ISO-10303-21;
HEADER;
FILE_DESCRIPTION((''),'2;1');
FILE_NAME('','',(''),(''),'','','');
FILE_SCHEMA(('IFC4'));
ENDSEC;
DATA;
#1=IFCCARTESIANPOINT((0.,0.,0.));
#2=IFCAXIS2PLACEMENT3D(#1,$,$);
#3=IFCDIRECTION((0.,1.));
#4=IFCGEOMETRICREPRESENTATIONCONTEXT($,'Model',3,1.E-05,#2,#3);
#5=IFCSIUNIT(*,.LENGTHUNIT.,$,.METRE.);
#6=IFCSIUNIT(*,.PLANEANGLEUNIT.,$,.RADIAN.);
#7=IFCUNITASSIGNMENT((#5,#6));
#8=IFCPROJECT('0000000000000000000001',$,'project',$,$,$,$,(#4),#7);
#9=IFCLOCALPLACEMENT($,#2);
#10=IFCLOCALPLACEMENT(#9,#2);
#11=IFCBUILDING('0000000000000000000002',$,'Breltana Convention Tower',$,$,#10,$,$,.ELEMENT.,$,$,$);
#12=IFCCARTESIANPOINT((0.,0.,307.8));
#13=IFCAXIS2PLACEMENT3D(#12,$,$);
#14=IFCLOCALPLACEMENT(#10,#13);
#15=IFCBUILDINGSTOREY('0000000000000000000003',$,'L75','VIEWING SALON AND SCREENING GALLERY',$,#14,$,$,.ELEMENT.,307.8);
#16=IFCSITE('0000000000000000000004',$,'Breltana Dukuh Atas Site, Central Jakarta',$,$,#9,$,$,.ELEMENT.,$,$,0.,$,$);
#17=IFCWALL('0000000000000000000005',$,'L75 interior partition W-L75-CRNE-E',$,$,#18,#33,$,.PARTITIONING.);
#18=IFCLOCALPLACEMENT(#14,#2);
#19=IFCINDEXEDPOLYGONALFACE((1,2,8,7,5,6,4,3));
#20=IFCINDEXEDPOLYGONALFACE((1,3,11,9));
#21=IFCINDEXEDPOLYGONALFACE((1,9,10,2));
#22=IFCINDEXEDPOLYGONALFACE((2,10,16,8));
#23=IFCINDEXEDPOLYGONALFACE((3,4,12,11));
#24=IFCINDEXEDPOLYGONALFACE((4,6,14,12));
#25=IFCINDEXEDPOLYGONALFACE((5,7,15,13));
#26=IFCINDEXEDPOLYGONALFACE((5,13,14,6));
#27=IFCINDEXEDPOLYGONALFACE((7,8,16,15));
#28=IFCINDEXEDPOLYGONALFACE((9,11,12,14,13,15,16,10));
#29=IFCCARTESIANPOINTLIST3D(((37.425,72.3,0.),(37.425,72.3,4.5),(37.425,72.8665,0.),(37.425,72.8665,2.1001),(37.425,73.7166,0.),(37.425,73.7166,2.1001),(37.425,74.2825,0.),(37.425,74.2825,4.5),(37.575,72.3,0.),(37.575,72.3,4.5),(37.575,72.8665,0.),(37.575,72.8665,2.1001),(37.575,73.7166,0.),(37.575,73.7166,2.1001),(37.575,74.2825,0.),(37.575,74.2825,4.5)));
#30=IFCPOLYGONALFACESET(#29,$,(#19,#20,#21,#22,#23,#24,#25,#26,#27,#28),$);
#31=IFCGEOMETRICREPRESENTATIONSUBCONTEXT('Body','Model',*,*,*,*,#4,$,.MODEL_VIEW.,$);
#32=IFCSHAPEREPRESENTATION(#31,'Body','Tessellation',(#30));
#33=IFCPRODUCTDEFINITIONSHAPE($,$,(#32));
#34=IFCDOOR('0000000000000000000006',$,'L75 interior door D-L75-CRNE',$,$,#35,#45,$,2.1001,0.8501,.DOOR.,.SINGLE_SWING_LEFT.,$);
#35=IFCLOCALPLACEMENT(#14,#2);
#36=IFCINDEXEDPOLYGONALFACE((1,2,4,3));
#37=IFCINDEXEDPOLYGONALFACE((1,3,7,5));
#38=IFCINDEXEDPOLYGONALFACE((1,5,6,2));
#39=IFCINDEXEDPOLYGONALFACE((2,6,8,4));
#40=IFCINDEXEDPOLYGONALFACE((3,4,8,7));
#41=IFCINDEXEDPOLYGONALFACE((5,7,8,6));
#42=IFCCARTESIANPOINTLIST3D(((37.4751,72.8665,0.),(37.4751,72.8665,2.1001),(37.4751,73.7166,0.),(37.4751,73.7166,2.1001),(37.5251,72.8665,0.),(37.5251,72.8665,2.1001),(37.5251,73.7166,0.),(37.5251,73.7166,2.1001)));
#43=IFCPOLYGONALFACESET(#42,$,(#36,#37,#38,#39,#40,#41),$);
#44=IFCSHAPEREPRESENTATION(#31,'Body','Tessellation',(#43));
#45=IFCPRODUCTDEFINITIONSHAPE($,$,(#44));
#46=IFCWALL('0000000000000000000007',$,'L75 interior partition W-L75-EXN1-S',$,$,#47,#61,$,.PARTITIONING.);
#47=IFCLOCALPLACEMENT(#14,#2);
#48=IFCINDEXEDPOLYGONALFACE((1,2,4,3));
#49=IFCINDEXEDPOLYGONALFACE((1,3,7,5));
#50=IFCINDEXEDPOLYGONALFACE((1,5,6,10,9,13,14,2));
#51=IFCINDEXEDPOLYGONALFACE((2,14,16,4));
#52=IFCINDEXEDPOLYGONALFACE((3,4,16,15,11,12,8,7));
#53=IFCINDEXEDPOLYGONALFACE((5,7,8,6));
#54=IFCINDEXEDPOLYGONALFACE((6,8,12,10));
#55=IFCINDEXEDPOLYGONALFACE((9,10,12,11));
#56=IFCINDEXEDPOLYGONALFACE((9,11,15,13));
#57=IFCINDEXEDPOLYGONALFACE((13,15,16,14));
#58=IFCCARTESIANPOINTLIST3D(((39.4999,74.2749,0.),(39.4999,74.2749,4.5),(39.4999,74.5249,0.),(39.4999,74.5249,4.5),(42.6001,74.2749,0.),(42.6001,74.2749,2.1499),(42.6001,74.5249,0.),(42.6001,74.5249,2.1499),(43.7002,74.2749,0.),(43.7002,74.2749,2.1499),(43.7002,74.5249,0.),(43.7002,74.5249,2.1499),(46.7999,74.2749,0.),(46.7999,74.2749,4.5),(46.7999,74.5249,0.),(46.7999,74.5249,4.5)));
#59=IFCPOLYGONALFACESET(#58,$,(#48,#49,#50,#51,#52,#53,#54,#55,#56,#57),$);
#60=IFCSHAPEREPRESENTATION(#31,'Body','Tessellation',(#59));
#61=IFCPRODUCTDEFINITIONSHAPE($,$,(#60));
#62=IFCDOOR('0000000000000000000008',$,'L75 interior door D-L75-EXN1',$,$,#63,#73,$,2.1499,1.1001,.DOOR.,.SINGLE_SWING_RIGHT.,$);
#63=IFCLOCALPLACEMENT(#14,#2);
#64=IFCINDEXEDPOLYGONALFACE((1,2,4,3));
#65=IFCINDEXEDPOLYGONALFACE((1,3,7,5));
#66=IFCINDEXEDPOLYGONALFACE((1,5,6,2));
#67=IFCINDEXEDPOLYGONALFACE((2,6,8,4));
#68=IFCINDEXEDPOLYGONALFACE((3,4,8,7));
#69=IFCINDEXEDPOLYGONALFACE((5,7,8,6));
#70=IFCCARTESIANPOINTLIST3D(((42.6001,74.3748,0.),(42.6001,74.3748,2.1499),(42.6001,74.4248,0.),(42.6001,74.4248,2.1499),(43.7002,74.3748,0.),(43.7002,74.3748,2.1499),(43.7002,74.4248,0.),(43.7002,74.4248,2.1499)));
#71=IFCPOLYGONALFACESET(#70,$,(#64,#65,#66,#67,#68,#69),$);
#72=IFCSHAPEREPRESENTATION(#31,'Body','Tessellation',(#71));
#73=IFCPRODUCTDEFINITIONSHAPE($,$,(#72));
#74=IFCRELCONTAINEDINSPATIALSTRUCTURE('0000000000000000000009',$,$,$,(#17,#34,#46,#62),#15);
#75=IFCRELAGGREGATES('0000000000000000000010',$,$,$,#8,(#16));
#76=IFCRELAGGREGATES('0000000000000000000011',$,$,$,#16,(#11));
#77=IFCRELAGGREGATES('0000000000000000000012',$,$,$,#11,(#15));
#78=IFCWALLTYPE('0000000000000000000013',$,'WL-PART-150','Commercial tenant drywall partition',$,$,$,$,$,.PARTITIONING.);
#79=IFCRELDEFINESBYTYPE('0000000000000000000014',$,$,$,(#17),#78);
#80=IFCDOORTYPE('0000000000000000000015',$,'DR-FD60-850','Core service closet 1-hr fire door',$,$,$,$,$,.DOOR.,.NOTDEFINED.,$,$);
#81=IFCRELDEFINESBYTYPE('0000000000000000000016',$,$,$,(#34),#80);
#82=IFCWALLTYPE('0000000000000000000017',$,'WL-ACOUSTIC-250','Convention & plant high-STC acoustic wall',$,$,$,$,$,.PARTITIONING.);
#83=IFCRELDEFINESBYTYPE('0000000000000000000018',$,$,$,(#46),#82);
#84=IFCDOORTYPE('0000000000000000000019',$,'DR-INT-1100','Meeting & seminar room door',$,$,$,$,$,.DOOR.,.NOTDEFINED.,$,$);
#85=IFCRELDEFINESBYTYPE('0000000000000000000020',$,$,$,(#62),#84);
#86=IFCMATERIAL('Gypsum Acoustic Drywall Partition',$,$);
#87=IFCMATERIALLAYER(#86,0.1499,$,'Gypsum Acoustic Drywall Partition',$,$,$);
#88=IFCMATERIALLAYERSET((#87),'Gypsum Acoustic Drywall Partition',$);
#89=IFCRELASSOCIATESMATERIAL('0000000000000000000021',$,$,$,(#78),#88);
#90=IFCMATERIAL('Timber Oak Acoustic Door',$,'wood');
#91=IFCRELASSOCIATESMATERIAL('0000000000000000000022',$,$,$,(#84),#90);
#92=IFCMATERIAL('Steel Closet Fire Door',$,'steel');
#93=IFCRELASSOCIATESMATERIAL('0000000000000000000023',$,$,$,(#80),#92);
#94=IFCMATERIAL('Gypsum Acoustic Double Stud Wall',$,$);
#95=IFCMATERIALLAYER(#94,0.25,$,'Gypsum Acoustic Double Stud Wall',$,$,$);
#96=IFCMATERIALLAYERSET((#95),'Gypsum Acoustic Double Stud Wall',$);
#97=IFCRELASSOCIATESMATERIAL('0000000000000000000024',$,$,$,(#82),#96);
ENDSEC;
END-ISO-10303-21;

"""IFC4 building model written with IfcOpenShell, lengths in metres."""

from ifc_helpers import new_model, si_unit, direction, frame, frame_2d, origin, place, context, subcontext, project, spatial, rectangle, extrude, source, transform, mapped, material, layer, layer_set, type_object, type_shapes, element, fill, save


model = new_model("IFC4")

# Units and contexts
model_context = context("Model", 3, precision=1e-05, world=origin(), true_north=direction((0.0, 1.0)))
body_context = subcontext(model_context, "Body", "Model", "MODEL_VIEW")
ifc_project = project(units=[si_unit("LENGTHUNIT", "METRE"), si_unit("PLANEANGLEUNIT", "RADIAN")], contexts=[model_context])

# Site, building, storey
site_placement = place(None, origin())
site = spatial("IfcSite", under=ifc_project, at=site_placement, Name="Breltana Dukuh Atas Site, Central Jakarta", CompositionType="ELEMENT", RefElevation=0.0)
building_placement = place(site_placement, origin())
building = spatial("IfcBuilding", under=site, at=building_placement, Name="Breltana Convention Tower", CompositionType="ELEMENT")
storey_placement = place(building_placement, frame((0.0, 0.0, 307.8)))
storey = spatial("IfcBuildingStorey", under=building, at=storey_placement, Name="L75", Description="VIEWING SALON AND SCREENING GALLERY", CompositionType="ELEMENT", Elevation=307.8)

# Shared definitions
ifc_material_1 = material(Name="Gypsum Acoustic Drywall Partition")
ifc_layer_1 = layer(ifc_material_1, 0.1499, Name="Gypsum Acoustic Drywall Partition")
ifc_layer_set_1 = layer_set([ifc_layer_1], Name="Gypsum Acoustic Drywall Partition")
wall_type_1 = type_object("IfcWallType", Name="WL-PART-150", Description="Commercial tenant drywall partition", PredefinedType="PARTITIONING", material=ifc_layer_set_1)

# Walls, openings, doors
ifc_material_2 = material(Name="Timber Oak Acoustic Door", Category="wood")
door_type_1 = type_object("IfcDoorType", Name="DR-INT-1100", Description="Meeting & seminar room door", OperationType="NOTDEFINED", PredefinedType="DOOR", material=ifc_material_2)
shared_shape_1 = source(origin(), body_context, "Body", "SweptSolid", [
    extrude(rectangle(XDim=1.1001, YDim=2.1499, at=frame_2d((0.55, 1.075))), frame((0.0, 0.0249, 0.0), z_axis=(0.0, -1.0, 0.0), x_axis=(1.0, 0.0, 0.0)), (0.0, 0.0, 1.0), 0.05),
])
type_shapes(door_type_1, [shared_shape_1])
shared_shape_2 = source(origin(), body_context, "Body", "SweptSolid", [
    extrude(rectangle(XDim=1.9824, YDim=0.1499, at=frame_2d((0.9912, 0.0))), origin(), (0.0, 0.0, 1.0), 4.5),
])
wall_1_placement = place(storey_placement, frame((37.5, 72.3, 0.0), z_axis=(0.0, 0.0, 1.0), x_axis=(0.0, 1.0, 0.0)))
wall_1 = element("IfcWall", 1, at=wall_1_placement, inside=storey, type_object=wall_type_1, Name="L75 interior partition W-L75-CRNE-E", PredefinedType="PARTITIONING", context=body_context, shape_type="MappedRepresentation", body=[
    mapped(shared_shape_2, transform((0.0, 0.0, 0.0), scale=1.0)),
])
opening_1_placement = place(wall_1_placement, frame((0.5664, 0.0, 0.0)))
opening_1 = element("IfcOpeningElement", 2, at=opening_1_placement, cuts=wall_1, PredefinedType="OPENING", context=body_context, shape_type="SweptSolid", body=[
    extrude(rectangle(XDim=0.8501, YDim=2.1001, at=frame_2d((0.425, 1.05))), frame((0.0, 0.085, 0.0), z_axis=(0.0, -1.0, 0.0), x_axis=(1.0, 0.0, 0.0)), (0.0, 0.0, 1.0), 0.1699),
])
ifc_material_3 = material(Name="Steel Closet Fire Door", Category="steel")
door_type_2 = type_object("IfcDoorType", Name="DR-FD60-850", Description="Core service closet 1-hr fire door", OperationType="NOTDEFINED", PredefinedType="DOOR", material=ifc_material_3)
shared_shape_3 = source(origin(), body_context, "Body", "SweptSolid", [
    extrude(rectangle(XDim=0.8501, YDim=2.1001, at=frame_2d((0.425, 1.05))), frame((0.0, 0.0249, 0.0), z_axis=(0.0, -1.0, 0.0), x_axis=(1.0, 0.0, 0.0)), (0.0, 0.0, 1.0), 0.05),
])
type_shapes(door_type_2, [shared_shape_3])
door_1_placement = place(opening_1_placement, origin())
door_1 = element("IfcDoor", 3, at=door_1_placement, inside=storey, type_object=door_type_2, Name="L75 interior door D-L75-CRNE", OperationType="SINGLE_SWING_LEFT", OverallHeight=2.1001, OverallWidth=0.8501, PredefinedType="DOOR", context=body_context, shape_type="MappedRepresentation", body=[
    mapped(shared_shape_3, transform((0.0, 0.0, 0.0), scale=1.0)),
])
fill(opening_1, door_1)
ifc_material_4 = material(Name="Gypsum Acoustic Double Stud Wall")
ifc_layer_2 = layer(ifc_material_4, 0.25, Name="Gypsum Acoustic Double Stud Wall")
ifc_layer_set_2 = layer_set([ifc_layer_2], Name="Gypsum Acoustic Double Stud Wall")
wall_type_2 = type_object("IfcWallType", Name="WL-ACOUSTIC-250", Description="Convention & plant high-STC acoustic wall", PredefinedType="PARTITIONING", material=ifc_layer_set_2)
shared_shape_4 = source(origin(), body_context, "Body", "SweptSolid", [
    extrude(rectangle(XDim=7.3, YDim=0.25, at=frame_2d((3.6499, 0.0))), origin(), (0.0, 0.0, 1.0), 4.5),
])
wall_2_placement = place(storey_placement, frame((39.5, 74.3999, 0.0), z_axis=(0.0, 0.0, 1.0), x_axis=(1.0, 0.0, 0.0)))
wall_2 = element("IfcWall", 4, at=wall_2_placement, inside=storey, type_object=wall_type_2, Name="L75 interior partition W-L75-EXN1-S", PredefinedType="PARTITIONING", context=body_context, shape_type="MappedRepresentation", body=[
    mapped(shared_shape_4, transform((0.0, 0.0, 0.0), scale=1.0)),
])
opening_2_placement = place(wall_2_placement, frame((3.1001, 0.0, 0.0)))
opening_2 = element("IfcOpeningElement", 5, at=opening_2_placement, cuts=wall_2, PredefinedType="OPENING", context=body_context, shape_type="SweptSolid", body=[
    extrude(rectangle(XDim=1.1001, YDim=2.1499, at=frame_2d((0.55, 1.075))), frame((0.0, 0.135, 0.0), z_axis=(0.0, -1.0, 0.0), x_axis=(1.0, 0.0, 0.0)), (0.0, 0.0, 1.0), 0.27),
])
door_2_placement = place(opening_2_placement, origin())
door_2 = element("IfcDoor", 6, at=door_2_placement, inside=storey, type_object=door_type_1, Name="L75 interior door D-L75-EXN1", OperationType="SINGLE_SWING_RIGHT", OverallHeight=2.1499, OverallWidth=1.1001, PredefinedType="DOOR", context=body_context, shape_type="MappedRepresentation", body=[
    mapped(shared_shape_1, transform((0.0, 0.0, 0.0), scale=1.0)),
])
fill(opening_2, door_2)

save(model, "model.ifc")
